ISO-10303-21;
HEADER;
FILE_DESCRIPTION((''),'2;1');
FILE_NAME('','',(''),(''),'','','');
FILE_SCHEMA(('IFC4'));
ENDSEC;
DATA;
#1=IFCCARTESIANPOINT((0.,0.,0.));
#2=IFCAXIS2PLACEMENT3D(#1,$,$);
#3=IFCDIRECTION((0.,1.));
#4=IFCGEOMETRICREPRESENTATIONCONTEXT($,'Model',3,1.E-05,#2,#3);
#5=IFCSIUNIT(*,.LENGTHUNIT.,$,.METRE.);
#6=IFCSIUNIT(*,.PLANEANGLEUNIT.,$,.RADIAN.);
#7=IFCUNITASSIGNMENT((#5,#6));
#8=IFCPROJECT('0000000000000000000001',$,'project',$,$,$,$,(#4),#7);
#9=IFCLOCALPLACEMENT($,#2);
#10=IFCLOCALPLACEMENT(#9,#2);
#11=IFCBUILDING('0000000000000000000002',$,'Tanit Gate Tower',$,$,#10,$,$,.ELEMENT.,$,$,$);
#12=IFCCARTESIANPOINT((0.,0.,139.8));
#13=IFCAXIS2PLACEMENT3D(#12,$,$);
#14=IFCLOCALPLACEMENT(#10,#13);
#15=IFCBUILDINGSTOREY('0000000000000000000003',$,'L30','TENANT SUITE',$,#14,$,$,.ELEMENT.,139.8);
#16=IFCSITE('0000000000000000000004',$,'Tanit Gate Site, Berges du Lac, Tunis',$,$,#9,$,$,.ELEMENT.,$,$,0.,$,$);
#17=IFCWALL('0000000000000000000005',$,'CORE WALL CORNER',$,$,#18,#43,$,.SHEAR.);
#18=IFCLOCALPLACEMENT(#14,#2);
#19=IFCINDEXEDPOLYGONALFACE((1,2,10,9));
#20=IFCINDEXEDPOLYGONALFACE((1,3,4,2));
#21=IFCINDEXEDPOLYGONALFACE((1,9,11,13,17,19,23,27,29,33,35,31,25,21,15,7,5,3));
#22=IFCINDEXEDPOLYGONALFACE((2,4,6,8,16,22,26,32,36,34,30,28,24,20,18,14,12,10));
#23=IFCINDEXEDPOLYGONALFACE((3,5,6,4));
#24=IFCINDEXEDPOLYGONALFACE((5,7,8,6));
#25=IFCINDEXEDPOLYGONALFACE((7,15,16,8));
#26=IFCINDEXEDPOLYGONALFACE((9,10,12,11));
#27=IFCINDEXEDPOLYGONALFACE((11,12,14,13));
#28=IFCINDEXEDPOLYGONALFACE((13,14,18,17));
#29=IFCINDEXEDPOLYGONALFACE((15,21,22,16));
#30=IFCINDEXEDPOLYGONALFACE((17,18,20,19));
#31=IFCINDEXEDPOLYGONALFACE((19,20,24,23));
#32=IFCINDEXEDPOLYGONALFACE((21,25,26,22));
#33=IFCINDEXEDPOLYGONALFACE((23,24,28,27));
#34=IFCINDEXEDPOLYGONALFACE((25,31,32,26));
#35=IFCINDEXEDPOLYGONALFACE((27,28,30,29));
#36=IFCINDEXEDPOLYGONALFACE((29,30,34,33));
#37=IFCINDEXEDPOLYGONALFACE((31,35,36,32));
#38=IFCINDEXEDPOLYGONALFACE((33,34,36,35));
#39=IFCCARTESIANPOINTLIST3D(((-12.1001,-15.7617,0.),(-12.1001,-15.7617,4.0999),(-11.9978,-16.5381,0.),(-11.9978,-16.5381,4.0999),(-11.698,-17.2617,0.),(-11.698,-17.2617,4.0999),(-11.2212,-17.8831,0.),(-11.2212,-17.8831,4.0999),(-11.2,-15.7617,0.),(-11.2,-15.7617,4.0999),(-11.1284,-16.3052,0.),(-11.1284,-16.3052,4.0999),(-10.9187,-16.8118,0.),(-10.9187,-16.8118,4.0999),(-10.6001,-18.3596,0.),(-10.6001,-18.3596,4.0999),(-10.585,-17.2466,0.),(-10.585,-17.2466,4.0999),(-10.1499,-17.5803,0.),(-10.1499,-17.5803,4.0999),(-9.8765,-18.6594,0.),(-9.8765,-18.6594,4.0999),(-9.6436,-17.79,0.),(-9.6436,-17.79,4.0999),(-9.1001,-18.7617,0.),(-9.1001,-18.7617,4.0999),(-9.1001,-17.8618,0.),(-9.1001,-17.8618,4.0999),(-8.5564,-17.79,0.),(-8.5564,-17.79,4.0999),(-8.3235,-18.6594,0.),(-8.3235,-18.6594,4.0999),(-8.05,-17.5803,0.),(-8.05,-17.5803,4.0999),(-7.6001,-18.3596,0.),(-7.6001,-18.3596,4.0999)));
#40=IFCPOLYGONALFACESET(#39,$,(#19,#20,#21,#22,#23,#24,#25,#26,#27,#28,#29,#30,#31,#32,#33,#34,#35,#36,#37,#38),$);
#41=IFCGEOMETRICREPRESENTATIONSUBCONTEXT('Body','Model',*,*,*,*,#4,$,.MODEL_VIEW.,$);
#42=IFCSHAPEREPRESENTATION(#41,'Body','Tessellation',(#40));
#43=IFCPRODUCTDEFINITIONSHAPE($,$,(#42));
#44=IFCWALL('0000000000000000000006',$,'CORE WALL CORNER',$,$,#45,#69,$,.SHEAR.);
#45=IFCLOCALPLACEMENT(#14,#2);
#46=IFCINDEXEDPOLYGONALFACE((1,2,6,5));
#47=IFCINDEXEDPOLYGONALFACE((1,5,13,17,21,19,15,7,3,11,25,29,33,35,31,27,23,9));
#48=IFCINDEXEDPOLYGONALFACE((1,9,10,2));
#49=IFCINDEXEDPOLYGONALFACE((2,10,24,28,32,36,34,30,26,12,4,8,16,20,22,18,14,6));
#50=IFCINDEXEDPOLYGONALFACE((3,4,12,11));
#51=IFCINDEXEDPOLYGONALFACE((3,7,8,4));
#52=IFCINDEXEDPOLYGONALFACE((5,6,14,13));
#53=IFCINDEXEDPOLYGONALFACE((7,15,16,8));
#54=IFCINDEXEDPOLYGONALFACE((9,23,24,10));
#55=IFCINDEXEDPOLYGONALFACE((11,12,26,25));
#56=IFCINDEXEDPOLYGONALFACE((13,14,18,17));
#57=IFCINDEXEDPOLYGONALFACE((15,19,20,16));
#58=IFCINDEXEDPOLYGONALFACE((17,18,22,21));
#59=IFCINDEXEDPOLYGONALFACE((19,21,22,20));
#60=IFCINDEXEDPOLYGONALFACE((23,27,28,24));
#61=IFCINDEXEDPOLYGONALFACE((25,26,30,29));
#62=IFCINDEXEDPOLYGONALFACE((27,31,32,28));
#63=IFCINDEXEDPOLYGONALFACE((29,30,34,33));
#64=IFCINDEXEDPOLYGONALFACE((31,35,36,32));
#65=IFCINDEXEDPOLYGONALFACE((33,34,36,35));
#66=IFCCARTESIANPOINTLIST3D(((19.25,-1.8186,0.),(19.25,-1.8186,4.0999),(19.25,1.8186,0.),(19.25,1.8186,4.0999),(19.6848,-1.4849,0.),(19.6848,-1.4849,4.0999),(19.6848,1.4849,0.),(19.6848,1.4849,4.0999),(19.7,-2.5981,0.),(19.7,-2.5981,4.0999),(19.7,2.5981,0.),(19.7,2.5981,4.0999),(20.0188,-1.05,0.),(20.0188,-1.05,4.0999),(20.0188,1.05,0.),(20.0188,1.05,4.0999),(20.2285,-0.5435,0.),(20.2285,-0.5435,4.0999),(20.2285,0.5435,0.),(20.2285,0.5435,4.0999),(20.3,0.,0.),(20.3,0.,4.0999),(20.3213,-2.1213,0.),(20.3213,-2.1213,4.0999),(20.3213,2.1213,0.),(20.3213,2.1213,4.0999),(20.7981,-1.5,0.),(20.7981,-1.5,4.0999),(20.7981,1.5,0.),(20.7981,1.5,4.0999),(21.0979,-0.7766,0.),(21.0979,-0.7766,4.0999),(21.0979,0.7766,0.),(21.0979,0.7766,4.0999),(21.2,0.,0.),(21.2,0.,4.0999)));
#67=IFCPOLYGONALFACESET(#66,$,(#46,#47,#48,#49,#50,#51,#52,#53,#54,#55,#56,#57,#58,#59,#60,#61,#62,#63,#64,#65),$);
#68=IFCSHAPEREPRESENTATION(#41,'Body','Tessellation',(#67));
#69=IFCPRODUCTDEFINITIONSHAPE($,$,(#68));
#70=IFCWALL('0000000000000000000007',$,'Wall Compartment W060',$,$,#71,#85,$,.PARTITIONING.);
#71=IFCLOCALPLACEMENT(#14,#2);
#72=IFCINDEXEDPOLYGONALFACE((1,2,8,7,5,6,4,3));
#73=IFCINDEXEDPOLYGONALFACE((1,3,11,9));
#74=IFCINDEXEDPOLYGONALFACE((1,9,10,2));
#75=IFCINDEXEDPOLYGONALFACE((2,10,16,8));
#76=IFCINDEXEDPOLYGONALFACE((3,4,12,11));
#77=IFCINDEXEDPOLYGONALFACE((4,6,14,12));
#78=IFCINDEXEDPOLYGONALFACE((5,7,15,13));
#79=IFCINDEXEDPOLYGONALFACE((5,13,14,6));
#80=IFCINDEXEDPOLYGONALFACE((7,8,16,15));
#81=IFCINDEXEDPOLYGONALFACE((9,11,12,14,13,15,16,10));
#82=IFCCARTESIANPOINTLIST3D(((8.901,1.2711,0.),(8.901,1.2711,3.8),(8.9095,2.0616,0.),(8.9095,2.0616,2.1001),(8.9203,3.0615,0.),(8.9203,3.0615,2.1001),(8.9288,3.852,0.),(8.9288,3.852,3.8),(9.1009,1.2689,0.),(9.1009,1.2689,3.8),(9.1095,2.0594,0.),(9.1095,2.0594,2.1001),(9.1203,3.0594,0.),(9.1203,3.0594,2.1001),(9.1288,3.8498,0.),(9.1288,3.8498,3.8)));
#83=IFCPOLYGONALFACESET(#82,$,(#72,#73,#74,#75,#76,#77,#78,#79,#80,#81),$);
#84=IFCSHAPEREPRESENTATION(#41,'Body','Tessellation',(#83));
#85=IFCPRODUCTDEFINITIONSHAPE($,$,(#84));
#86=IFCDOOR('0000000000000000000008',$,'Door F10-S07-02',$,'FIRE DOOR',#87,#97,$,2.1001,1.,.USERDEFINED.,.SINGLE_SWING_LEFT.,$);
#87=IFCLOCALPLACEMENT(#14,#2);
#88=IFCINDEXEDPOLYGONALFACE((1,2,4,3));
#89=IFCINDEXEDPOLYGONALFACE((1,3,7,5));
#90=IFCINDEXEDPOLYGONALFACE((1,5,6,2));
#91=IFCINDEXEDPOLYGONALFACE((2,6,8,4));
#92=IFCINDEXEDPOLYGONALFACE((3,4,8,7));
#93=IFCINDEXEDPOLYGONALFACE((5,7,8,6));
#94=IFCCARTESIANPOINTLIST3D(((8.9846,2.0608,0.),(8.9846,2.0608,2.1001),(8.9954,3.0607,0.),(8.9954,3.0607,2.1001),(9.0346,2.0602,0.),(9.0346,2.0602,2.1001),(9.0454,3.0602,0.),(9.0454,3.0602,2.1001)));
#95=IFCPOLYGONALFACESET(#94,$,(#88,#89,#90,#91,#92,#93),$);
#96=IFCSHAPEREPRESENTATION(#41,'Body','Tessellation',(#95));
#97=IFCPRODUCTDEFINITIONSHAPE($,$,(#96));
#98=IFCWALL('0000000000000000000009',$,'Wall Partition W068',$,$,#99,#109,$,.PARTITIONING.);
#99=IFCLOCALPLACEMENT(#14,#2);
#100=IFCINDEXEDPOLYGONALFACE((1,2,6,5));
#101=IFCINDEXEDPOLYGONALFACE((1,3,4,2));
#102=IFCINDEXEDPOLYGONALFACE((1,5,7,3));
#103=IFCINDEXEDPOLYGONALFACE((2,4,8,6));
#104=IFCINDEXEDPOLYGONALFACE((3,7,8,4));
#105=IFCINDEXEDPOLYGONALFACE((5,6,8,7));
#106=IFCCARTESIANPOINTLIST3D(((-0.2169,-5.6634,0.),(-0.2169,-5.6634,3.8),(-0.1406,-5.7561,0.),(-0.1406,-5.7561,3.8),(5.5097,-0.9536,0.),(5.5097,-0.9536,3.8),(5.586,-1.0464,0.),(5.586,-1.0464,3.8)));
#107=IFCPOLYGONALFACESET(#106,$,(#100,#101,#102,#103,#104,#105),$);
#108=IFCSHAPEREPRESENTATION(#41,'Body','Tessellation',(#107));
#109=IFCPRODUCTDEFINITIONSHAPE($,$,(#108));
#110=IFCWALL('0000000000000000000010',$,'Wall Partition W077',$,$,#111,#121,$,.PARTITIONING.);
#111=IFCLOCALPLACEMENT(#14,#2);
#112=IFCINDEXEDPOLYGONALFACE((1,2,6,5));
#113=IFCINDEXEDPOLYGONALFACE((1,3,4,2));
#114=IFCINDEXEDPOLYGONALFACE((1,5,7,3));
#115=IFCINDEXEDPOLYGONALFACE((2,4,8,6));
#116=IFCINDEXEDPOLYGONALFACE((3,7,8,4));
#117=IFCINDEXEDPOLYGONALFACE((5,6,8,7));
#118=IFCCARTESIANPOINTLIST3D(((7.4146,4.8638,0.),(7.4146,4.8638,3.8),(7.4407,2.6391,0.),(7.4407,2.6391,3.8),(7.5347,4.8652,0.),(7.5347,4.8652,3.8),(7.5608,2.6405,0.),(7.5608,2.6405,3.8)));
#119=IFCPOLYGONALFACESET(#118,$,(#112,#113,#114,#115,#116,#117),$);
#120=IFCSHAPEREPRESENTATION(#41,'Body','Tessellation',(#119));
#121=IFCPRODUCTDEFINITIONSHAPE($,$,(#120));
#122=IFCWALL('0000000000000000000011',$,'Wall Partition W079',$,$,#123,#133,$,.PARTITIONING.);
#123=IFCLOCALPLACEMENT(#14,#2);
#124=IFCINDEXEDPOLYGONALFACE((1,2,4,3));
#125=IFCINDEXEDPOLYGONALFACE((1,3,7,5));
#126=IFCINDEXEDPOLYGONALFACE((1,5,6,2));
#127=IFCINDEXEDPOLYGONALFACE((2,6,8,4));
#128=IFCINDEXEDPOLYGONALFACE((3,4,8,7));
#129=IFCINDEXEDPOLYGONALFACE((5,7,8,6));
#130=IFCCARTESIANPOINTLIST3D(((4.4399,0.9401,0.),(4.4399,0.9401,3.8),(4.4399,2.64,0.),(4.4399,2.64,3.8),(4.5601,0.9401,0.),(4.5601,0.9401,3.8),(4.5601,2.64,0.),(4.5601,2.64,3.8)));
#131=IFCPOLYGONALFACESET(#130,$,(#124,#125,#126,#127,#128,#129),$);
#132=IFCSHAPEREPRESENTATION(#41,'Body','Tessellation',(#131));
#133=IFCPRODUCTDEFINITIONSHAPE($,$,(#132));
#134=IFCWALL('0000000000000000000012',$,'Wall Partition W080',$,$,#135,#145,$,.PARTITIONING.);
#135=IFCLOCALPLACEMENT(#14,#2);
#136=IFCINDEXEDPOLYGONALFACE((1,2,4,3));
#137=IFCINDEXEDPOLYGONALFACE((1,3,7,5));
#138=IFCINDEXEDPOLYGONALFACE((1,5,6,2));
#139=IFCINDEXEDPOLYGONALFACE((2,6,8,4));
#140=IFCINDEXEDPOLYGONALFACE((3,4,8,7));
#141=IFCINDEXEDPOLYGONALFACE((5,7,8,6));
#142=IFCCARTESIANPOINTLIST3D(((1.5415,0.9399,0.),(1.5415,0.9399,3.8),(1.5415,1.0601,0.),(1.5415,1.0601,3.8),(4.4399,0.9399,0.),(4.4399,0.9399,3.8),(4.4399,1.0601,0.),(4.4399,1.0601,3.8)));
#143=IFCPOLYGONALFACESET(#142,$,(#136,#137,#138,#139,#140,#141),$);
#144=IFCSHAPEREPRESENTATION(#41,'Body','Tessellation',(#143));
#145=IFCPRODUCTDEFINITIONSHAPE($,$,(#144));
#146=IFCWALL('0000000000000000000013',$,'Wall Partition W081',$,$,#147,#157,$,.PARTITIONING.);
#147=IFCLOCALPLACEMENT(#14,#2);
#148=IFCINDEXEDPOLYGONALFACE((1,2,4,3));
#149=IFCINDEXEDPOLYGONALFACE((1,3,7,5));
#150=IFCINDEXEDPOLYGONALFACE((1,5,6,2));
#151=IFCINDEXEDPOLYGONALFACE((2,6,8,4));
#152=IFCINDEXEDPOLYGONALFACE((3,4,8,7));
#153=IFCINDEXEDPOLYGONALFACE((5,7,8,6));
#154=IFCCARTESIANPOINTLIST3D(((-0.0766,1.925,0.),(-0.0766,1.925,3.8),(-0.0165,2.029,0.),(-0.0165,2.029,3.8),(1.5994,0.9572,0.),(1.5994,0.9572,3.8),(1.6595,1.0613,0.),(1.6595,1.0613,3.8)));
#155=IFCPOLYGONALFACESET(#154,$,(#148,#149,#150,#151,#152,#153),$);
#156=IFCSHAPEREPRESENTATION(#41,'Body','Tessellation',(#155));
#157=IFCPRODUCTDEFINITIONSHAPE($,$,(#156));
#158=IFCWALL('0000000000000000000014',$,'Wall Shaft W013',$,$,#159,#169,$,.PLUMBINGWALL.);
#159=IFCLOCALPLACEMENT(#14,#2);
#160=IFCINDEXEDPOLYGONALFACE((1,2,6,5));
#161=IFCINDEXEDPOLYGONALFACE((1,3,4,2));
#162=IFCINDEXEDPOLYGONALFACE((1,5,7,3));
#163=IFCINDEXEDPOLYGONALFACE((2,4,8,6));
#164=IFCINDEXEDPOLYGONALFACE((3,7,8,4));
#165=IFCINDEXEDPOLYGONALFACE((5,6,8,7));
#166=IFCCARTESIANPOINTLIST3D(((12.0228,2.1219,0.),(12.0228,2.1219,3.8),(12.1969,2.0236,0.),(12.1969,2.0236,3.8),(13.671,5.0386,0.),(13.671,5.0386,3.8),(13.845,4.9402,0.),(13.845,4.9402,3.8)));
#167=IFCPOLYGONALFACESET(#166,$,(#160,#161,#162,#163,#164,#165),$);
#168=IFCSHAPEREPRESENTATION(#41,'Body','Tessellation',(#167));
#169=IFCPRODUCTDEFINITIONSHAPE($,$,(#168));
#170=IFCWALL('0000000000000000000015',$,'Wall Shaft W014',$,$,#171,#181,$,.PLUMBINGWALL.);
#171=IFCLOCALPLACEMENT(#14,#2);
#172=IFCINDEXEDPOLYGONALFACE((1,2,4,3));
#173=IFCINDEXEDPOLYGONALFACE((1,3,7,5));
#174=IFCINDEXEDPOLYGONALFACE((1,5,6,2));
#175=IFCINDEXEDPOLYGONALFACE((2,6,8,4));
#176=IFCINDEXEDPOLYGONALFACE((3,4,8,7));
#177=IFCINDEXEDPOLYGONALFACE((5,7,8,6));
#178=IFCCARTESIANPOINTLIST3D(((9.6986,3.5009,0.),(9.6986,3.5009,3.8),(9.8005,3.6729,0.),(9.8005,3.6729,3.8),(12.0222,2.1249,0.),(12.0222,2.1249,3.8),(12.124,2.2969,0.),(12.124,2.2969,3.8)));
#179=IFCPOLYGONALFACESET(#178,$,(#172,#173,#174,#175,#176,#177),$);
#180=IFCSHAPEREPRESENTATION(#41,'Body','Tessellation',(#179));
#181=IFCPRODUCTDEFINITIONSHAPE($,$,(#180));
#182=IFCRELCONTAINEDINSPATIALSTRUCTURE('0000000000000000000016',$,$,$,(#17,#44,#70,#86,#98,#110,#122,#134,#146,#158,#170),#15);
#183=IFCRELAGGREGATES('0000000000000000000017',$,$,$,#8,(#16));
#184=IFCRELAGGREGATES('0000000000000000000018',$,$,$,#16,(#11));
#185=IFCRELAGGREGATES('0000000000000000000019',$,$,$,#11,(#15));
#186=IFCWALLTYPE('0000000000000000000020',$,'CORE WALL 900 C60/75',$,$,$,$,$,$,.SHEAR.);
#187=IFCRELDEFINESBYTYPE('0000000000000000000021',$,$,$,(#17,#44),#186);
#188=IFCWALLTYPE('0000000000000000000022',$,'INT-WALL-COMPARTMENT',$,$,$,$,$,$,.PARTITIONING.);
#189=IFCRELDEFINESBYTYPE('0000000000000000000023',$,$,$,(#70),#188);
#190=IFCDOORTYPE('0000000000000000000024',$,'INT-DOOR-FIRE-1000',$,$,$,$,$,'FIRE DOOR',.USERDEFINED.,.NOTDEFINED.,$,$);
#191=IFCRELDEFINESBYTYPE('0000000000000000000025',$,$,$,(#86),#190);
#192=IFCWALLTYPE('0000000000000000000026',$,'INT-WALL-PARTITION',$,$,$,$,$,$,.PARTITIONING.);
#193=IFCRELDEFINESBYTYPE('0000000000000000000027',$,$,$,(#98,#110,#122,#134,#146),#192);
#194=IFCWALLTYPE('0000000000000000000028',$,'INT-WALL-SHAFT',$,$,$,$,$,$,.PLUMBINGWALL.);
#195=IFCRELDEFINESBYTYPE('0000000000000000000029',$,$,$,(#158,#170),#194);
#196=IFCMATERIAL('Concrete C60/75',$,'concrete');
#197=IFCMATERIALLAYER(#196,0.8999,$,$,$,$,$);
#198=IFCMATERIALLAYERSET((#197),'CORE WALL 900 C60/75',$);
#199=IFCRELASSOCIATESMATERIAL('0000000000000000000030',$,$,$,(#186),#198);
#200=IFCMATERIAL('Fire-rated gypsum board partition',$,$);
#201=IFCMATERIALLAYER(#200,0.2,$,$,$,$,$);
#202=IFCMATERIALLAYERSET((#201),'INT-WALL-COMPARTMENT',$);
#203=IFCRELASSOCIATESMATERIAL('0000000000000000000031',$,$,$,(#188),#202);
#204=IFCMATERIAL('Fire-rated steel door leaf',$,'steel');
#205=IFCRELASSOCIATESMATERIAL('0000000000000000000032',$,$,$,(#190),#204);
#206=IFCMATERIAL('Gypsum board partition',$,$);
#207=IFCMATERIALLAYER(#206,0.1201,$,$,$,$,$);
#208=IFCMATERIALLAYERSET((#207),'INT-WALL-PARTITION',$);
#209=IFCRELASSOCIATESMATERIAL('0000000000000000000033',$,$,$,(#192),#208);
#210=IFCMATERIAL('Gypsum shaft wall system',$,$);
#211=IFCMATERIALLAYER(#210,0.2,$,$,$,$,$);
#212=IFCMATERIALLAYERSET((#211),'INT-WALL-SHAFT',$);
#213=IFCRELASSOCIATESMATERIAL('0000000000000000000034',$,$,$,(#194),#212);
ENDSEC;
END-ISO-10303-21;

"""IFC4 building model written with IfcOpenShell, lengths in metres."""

from ifc_helpers import new_model, si_unit, direction, frame, frame_2d, origin, place, context, subcontext, project, spatial, polyline, rectangle, outline, extrude, material, layer, layer_set, type_object, element, fill, save


model = new_model("IFC4")

# Units and contexts
model_context = context("Model", 3, precision=1e-05, world=origin(), true_north=direction((0.0, 1.0)))
body_context = subcontext(model_context, "Body", "Model", "MODEL_VIEW")
ifc_project = project(units=[si_unit("LENGTHUNIT", "METRE"), si_unit("PLANEANGLEUNIT", "RADIAN")], contexts=[model_context])

# Site, building, storey
site_placement = place(None, origin())
site = spatial("IfcSite", under=ifc_project, at=site_placement, Name="Tanit Gate Site, Berges du Lac, Tunis", CompositionType="ELEMENT", RefElevation=0.0)
building_placement = place(site_placement, origin())
building = spatial("IfcBuilding", under=site, at=building_placement, Name="Tanit Gate Tower", CompositionType="ELEMENT")
storey_placement = place(building_placement, frame((0.0, 0.0, 139.8)))
storey = spatial("IfcBuildingStorey", under=building, at=storey_placement, Name="L30", Description="TENANT SUITE", CompositionType="ELEMENT", Elevation=139.8)

# Walls
ifc_material_1 = material(Name="Concrete C60/75", Category="concrete")
ifc_layer_1 = layer(ifc_material_1, 0.8999)
ifc_layer_set_1 = layer_set([ifc_layer_1], Name="CORE WALL 900 C60/75")
wall_type_1 = type_object("IfcWallType", Name="CORE WALL 900 C60/75", PredefinedType="SHEAR", material=ifc_layer_set_1)
wall_1_placement = place(storey_placement, origin())
element("IfcWall", 1, at=wall_1_placement, inside=storey, type_object=wall_type_1, Name="CORE WALL CORNER", PredefinedType="SHEAR", context=body_context, shape_type="SweptSolid", body=[
    extrude(outline(polyline([(-12.1001, -15.7617), (-11.9978, -16.5381), (-11.698, -17.2617), (-11.2212, -17.8831), (-10.6001, -18.3596), (-9.8765, -18.6594), (-9.1001, -18.7617), (-8.3235, -18.6594), (-7.6001, -18.3596), (-8.05, -17.5803), (-8.5564, -17.79), (-9.1001, -17.8618), (-9.6436, -17.79), (-10.1499, -17.5803), (-10.585, -17.2466), (-10.9187, -16.8118), (-11.1284, -16.3052), (-11.2, -15.7617), (-12.1001, -15.7617)])), origin(), (0.0, 0.0, 1.0), 4.0999),
])
wall_2_placement = place(storey_placement, origin())
element("IfcWall", 2, at=wall_2_placement, inside=storey, type_object=wall_type_1, Name="CORE WALL CORNER", PredefinedType="SHEAR", context=body_context, shape_type="SweptSolid", body=[
    extrude(outline(polyline([(19.7, -2.5981), (20.3213, -2.1213), (20.7981, -1.5), (21.0979, -0.7766), (21.2, 0.0), (21.0979, 0.7766), (20.7981, 1.5), (20.3213, 2.1213), (19.7, 2.5981), (19.25, 1.8186), (19.6848, 1.4849), (20.0188, 1.05), (20.2285, 0.5435), (20.3, 0.0), (20.2285, -0.5435), (20.0188, -1.05), (19.6848, -1.4849), (19.25, -1.8186), (19.7, -2.5981)])), origin(), (0.0, 0.0, 1.0), 4.0999),
])

# Wall, opening, door
ifc_material_2 = material(Name="Fire-rated gypsum board partition")
ifc_layer_2 = layer(ifc_material_2, 0.2)
ifc_layer_set_2 = layer_set([ifc_layer_2], Name="INT-WALL-COMPARTMENT")
wall_type_2 = type_object("IfcWallType", Name="INT-WALL-COMPARTMENT", PredefinedType="PARTITIONING", material=ifc_layer_set_2)
wall_3_placement = place(storey_placement, frame((9.001, 1.27, 0.0), z_axis=(0.0, 0.0, 1.0), x_axis=(0.010784, 0.999942, 0.0)))
wall_3 = element("IfcWall", 3, at=wall_3_placement, inside=storey, type_object=wall_type_2, Name="Wall Compartment W060", PredefinedType="PARTITIONING", context=body_context, shape_type="SweptSolid", body=[
    extrude(rectangle(XDim=2.5811, YDim=0.2, at=frame_2d((1.2905, 0.0))), origin(), (0.0, 0.0, 1.0), 3.8),
])
opening_1_placement = place(wall_3_placement, frame((0.7905, 0.0, 0.0)))
opening_1 = element("IfcOpeningElement", 4, at=opening_1_placement, cuts=wall_3, PredefinedType="OPENING", context=body_context, shape_type="SweptSolid", body=[
    extrude(rectangle(XDim=1.0, YDim=2.1001, at=frame_2d((0.5, 1.05))), frame((0.0, 0.1099, 0.0), z_axis=(0.0, -1.0, 0.0), x_axis=(1.0, 0.0, 0.0)), (0.0, 0.0, 1.0), 0.22),
])
ifc_material_3 = material(Name="Fire-rated steel door leaf", Category="steel")
door_type_1 = type_object("IfcDoorType", Name="INT-DOOR-FIRE-1000", ElementType="FIRE DOOR", OperationType="NOTDEFINED", PredefinedType="USERDEFINED", material=ifc_material_3)
door_1_placement = place(opening_1_placement, origin())
door_1 = element("IfcDoor", 5, at=door_1_placement, inside=storey, type_object=door_type_1, Name="Door F10-S07-02", ObjectType="FIRE DOOR", OperationType="SINGLE_SWING_LEFT", OverallHeight=2.1001, OverallWidth=1.0, PredefinedType="USERDEFINED", context=body_context, shape_type="SweptSolid", body=[
    extrude(rectangle(XDim=1.0, YDim=2.1001, at=frame_2d((0.5, 1.05))), frame((0.0, 0.0249, 0.0), z_axis=(0.0, -1.0, 0.0), x_axis=(1.0, 0.0, 0.0)), (0.0, 0.0, 1.0), 0.05),
])
fill(opening_1, door_1)

# Walls
ifc_material_4 = material(Name="Gypsum board partition")
ifc_layer_3 = layer(ifc_material_4, 0.1201)
ifc_layer_set_3 = layer_set([ifc_layer_3], Name="INT-WALL-PARTITION")
wall_type_3 = type_object("IfcWallType", Name="INT-WALL-PARTITION", PredefinedType="PARTITIONING", material=ifc_layer_set_3)
wall_4_placement = place(storey_placement, frame((5.5479, -1.0, 0.0), z_axis=(0.0, 0.0, 1.0), x_axis=(-0.772345, -0.635203, 0.0)))
element("IfcWall", 6, at=wall_4_placement, inside=storey, type_object=wall_type_3, Name="Wall Partition W068", PredefinedType="PARTITIONING", context=body_context, shape_type="SweptSolid", body=[
    extrude(rectangle(XDim=7.4146, YDim=0.1201, at=frame_2d((3.7073, 0.0))), origin(), (0.0, 0.0, 1.0), 3.8),
])
wall_5_placement = place(storey_placement, frame((7.5007, 2.6399, 0.0), z_axis=(0.0, 0.0, 1.0), x_axis=(-0.011742, 0.999931, 0.0)))
element("IfcWall", 7, at=wall_5_placement, inside=storey, type_object=wall_type_3, Name="Wall Partition W077", PredefinedType="PARTITIONING", context=body_context, shape_type="SweptSolid", body=[
    extrude(rectangle(XDim=2.2249, YDim=0.1201, at=frame_2d((1.1123, 0.0))), origin(), (0.0, 0.0, 1.0), 3.8),
])
wall_6_placement = place(storey_placement, frame((4.5, 0.9399, 0.0), z_axis=(0.0, 0.0, 1.0), x_axis=(0.0, 1.0, 0.0)))
element("IfcWall", 8, at=wall_6_placement, inside=storey, type_object=wall_type_3, Name="Wall Partition W079", PredefinedType="PARTITIONING", context=body_context, shape_type="SweptSolid", body=[
    extrude(rectangle(XDim=1.7, YDim=0.1201, at=frame_2d((0.8501, 0.0))), origin(), (0.0, 0.0, 1.0), 3.8),
])
wall_7_placement = place(storey_placement, frame((1.5415, 1.0, 0.0), z_axis=(0.0, 0.0, 1.0), x_axis=(1.0, 0.0, 0.0)))
element("IfcWall", 9, at=wall_7_placement, inside=storey, type_object=wall_type_3, Name="Wall Partition W080", PredefinedType="PARTITIONING", context=body_context, shape_type="SweptSolid", body=[
    extrude(rectangle(XDim=2.8984, YDim=0.1201, at=frame_2d((1.4492, 0.0))), origin(), (0.0, 0.0, 1.0), 3.8),
])
wall_8_placement = place(storey_placement, frame((-0.0466, 1.9771, 0.0), z_axis=(0.0, 0.0, 1.0), x_axis=(0.865999, -0.500046, 0.0)))
element("IfcWall", 10, at=wall_8_placement, inside=storey, type_object=wall_type_3, Name="Wall Partition W081", PredefinedType="PARTITIONING", context=body_context, shape_type="SweptSolid", body=[
    extrude(rectangle(XDim=1.9353, YDim=0.1201, at=frame_2d((0.9678, 0.0))), origin(), (0.0, 0.0, 1.0), 3.8),
])
ifc_material_5 = material(Name="Gypsum shaft wall system")
ifc_layer_4 = layer(ifc_material_5, 0.2)
ifc_layer_set_4 = layer_set([ifc_layer_4], Name="INT-WALL-SHAFT")
wall_type_4 = type_object("IfcWallType", Name="INT-WALL-SHAFT", PredefinedType="PLUMBINGWALL", material=ifc_layer_set_4)
wall_9_placement = place(storey_placement, frame((12.1099, 2.0728, 0.0), z_axis=(0.0, 0.0, 1.0), x_axis=(0.491966, 0.870614, 0.0)))
element("IfcWall", 11, at=wall_9_placement, inside=storey, type_object=wall_type_4, Name="Wall Shaft W013", PredefinedType="PLUMBINGWALL", context=body_context, shape_type="SweptSolid", body=[
    extrude(rectangle(XDim=3.3501, YDim=0.2, at=frame_2d((1.675, 0.0))), origin(), (0.0, 0.0, 1.0), 3.8),
])
wall_10_placement = place(storey_placement, frame((12.073, 2.2109, 0.0), z_axis=(0.0, 0.0, 1.0), x_axis=(-0.860438, 0.509555, 0.0)))
element("IfcWall", 12, at=wall_10_placement, inside=storey, type_object=wall_type_4, Name="Wall Shaft W014", PredefinedType="PLUMBINGWALL", context=body_context, shape_type="SweptSolid", body=[
    extrude(rectangle(XDim=2.7004, YDim=0.2, at=frame_2d((1.3501, 0.0))), origin(), (0.0, 0.0, 1.0), 3.8),
])

save(model, "model.ifc")
